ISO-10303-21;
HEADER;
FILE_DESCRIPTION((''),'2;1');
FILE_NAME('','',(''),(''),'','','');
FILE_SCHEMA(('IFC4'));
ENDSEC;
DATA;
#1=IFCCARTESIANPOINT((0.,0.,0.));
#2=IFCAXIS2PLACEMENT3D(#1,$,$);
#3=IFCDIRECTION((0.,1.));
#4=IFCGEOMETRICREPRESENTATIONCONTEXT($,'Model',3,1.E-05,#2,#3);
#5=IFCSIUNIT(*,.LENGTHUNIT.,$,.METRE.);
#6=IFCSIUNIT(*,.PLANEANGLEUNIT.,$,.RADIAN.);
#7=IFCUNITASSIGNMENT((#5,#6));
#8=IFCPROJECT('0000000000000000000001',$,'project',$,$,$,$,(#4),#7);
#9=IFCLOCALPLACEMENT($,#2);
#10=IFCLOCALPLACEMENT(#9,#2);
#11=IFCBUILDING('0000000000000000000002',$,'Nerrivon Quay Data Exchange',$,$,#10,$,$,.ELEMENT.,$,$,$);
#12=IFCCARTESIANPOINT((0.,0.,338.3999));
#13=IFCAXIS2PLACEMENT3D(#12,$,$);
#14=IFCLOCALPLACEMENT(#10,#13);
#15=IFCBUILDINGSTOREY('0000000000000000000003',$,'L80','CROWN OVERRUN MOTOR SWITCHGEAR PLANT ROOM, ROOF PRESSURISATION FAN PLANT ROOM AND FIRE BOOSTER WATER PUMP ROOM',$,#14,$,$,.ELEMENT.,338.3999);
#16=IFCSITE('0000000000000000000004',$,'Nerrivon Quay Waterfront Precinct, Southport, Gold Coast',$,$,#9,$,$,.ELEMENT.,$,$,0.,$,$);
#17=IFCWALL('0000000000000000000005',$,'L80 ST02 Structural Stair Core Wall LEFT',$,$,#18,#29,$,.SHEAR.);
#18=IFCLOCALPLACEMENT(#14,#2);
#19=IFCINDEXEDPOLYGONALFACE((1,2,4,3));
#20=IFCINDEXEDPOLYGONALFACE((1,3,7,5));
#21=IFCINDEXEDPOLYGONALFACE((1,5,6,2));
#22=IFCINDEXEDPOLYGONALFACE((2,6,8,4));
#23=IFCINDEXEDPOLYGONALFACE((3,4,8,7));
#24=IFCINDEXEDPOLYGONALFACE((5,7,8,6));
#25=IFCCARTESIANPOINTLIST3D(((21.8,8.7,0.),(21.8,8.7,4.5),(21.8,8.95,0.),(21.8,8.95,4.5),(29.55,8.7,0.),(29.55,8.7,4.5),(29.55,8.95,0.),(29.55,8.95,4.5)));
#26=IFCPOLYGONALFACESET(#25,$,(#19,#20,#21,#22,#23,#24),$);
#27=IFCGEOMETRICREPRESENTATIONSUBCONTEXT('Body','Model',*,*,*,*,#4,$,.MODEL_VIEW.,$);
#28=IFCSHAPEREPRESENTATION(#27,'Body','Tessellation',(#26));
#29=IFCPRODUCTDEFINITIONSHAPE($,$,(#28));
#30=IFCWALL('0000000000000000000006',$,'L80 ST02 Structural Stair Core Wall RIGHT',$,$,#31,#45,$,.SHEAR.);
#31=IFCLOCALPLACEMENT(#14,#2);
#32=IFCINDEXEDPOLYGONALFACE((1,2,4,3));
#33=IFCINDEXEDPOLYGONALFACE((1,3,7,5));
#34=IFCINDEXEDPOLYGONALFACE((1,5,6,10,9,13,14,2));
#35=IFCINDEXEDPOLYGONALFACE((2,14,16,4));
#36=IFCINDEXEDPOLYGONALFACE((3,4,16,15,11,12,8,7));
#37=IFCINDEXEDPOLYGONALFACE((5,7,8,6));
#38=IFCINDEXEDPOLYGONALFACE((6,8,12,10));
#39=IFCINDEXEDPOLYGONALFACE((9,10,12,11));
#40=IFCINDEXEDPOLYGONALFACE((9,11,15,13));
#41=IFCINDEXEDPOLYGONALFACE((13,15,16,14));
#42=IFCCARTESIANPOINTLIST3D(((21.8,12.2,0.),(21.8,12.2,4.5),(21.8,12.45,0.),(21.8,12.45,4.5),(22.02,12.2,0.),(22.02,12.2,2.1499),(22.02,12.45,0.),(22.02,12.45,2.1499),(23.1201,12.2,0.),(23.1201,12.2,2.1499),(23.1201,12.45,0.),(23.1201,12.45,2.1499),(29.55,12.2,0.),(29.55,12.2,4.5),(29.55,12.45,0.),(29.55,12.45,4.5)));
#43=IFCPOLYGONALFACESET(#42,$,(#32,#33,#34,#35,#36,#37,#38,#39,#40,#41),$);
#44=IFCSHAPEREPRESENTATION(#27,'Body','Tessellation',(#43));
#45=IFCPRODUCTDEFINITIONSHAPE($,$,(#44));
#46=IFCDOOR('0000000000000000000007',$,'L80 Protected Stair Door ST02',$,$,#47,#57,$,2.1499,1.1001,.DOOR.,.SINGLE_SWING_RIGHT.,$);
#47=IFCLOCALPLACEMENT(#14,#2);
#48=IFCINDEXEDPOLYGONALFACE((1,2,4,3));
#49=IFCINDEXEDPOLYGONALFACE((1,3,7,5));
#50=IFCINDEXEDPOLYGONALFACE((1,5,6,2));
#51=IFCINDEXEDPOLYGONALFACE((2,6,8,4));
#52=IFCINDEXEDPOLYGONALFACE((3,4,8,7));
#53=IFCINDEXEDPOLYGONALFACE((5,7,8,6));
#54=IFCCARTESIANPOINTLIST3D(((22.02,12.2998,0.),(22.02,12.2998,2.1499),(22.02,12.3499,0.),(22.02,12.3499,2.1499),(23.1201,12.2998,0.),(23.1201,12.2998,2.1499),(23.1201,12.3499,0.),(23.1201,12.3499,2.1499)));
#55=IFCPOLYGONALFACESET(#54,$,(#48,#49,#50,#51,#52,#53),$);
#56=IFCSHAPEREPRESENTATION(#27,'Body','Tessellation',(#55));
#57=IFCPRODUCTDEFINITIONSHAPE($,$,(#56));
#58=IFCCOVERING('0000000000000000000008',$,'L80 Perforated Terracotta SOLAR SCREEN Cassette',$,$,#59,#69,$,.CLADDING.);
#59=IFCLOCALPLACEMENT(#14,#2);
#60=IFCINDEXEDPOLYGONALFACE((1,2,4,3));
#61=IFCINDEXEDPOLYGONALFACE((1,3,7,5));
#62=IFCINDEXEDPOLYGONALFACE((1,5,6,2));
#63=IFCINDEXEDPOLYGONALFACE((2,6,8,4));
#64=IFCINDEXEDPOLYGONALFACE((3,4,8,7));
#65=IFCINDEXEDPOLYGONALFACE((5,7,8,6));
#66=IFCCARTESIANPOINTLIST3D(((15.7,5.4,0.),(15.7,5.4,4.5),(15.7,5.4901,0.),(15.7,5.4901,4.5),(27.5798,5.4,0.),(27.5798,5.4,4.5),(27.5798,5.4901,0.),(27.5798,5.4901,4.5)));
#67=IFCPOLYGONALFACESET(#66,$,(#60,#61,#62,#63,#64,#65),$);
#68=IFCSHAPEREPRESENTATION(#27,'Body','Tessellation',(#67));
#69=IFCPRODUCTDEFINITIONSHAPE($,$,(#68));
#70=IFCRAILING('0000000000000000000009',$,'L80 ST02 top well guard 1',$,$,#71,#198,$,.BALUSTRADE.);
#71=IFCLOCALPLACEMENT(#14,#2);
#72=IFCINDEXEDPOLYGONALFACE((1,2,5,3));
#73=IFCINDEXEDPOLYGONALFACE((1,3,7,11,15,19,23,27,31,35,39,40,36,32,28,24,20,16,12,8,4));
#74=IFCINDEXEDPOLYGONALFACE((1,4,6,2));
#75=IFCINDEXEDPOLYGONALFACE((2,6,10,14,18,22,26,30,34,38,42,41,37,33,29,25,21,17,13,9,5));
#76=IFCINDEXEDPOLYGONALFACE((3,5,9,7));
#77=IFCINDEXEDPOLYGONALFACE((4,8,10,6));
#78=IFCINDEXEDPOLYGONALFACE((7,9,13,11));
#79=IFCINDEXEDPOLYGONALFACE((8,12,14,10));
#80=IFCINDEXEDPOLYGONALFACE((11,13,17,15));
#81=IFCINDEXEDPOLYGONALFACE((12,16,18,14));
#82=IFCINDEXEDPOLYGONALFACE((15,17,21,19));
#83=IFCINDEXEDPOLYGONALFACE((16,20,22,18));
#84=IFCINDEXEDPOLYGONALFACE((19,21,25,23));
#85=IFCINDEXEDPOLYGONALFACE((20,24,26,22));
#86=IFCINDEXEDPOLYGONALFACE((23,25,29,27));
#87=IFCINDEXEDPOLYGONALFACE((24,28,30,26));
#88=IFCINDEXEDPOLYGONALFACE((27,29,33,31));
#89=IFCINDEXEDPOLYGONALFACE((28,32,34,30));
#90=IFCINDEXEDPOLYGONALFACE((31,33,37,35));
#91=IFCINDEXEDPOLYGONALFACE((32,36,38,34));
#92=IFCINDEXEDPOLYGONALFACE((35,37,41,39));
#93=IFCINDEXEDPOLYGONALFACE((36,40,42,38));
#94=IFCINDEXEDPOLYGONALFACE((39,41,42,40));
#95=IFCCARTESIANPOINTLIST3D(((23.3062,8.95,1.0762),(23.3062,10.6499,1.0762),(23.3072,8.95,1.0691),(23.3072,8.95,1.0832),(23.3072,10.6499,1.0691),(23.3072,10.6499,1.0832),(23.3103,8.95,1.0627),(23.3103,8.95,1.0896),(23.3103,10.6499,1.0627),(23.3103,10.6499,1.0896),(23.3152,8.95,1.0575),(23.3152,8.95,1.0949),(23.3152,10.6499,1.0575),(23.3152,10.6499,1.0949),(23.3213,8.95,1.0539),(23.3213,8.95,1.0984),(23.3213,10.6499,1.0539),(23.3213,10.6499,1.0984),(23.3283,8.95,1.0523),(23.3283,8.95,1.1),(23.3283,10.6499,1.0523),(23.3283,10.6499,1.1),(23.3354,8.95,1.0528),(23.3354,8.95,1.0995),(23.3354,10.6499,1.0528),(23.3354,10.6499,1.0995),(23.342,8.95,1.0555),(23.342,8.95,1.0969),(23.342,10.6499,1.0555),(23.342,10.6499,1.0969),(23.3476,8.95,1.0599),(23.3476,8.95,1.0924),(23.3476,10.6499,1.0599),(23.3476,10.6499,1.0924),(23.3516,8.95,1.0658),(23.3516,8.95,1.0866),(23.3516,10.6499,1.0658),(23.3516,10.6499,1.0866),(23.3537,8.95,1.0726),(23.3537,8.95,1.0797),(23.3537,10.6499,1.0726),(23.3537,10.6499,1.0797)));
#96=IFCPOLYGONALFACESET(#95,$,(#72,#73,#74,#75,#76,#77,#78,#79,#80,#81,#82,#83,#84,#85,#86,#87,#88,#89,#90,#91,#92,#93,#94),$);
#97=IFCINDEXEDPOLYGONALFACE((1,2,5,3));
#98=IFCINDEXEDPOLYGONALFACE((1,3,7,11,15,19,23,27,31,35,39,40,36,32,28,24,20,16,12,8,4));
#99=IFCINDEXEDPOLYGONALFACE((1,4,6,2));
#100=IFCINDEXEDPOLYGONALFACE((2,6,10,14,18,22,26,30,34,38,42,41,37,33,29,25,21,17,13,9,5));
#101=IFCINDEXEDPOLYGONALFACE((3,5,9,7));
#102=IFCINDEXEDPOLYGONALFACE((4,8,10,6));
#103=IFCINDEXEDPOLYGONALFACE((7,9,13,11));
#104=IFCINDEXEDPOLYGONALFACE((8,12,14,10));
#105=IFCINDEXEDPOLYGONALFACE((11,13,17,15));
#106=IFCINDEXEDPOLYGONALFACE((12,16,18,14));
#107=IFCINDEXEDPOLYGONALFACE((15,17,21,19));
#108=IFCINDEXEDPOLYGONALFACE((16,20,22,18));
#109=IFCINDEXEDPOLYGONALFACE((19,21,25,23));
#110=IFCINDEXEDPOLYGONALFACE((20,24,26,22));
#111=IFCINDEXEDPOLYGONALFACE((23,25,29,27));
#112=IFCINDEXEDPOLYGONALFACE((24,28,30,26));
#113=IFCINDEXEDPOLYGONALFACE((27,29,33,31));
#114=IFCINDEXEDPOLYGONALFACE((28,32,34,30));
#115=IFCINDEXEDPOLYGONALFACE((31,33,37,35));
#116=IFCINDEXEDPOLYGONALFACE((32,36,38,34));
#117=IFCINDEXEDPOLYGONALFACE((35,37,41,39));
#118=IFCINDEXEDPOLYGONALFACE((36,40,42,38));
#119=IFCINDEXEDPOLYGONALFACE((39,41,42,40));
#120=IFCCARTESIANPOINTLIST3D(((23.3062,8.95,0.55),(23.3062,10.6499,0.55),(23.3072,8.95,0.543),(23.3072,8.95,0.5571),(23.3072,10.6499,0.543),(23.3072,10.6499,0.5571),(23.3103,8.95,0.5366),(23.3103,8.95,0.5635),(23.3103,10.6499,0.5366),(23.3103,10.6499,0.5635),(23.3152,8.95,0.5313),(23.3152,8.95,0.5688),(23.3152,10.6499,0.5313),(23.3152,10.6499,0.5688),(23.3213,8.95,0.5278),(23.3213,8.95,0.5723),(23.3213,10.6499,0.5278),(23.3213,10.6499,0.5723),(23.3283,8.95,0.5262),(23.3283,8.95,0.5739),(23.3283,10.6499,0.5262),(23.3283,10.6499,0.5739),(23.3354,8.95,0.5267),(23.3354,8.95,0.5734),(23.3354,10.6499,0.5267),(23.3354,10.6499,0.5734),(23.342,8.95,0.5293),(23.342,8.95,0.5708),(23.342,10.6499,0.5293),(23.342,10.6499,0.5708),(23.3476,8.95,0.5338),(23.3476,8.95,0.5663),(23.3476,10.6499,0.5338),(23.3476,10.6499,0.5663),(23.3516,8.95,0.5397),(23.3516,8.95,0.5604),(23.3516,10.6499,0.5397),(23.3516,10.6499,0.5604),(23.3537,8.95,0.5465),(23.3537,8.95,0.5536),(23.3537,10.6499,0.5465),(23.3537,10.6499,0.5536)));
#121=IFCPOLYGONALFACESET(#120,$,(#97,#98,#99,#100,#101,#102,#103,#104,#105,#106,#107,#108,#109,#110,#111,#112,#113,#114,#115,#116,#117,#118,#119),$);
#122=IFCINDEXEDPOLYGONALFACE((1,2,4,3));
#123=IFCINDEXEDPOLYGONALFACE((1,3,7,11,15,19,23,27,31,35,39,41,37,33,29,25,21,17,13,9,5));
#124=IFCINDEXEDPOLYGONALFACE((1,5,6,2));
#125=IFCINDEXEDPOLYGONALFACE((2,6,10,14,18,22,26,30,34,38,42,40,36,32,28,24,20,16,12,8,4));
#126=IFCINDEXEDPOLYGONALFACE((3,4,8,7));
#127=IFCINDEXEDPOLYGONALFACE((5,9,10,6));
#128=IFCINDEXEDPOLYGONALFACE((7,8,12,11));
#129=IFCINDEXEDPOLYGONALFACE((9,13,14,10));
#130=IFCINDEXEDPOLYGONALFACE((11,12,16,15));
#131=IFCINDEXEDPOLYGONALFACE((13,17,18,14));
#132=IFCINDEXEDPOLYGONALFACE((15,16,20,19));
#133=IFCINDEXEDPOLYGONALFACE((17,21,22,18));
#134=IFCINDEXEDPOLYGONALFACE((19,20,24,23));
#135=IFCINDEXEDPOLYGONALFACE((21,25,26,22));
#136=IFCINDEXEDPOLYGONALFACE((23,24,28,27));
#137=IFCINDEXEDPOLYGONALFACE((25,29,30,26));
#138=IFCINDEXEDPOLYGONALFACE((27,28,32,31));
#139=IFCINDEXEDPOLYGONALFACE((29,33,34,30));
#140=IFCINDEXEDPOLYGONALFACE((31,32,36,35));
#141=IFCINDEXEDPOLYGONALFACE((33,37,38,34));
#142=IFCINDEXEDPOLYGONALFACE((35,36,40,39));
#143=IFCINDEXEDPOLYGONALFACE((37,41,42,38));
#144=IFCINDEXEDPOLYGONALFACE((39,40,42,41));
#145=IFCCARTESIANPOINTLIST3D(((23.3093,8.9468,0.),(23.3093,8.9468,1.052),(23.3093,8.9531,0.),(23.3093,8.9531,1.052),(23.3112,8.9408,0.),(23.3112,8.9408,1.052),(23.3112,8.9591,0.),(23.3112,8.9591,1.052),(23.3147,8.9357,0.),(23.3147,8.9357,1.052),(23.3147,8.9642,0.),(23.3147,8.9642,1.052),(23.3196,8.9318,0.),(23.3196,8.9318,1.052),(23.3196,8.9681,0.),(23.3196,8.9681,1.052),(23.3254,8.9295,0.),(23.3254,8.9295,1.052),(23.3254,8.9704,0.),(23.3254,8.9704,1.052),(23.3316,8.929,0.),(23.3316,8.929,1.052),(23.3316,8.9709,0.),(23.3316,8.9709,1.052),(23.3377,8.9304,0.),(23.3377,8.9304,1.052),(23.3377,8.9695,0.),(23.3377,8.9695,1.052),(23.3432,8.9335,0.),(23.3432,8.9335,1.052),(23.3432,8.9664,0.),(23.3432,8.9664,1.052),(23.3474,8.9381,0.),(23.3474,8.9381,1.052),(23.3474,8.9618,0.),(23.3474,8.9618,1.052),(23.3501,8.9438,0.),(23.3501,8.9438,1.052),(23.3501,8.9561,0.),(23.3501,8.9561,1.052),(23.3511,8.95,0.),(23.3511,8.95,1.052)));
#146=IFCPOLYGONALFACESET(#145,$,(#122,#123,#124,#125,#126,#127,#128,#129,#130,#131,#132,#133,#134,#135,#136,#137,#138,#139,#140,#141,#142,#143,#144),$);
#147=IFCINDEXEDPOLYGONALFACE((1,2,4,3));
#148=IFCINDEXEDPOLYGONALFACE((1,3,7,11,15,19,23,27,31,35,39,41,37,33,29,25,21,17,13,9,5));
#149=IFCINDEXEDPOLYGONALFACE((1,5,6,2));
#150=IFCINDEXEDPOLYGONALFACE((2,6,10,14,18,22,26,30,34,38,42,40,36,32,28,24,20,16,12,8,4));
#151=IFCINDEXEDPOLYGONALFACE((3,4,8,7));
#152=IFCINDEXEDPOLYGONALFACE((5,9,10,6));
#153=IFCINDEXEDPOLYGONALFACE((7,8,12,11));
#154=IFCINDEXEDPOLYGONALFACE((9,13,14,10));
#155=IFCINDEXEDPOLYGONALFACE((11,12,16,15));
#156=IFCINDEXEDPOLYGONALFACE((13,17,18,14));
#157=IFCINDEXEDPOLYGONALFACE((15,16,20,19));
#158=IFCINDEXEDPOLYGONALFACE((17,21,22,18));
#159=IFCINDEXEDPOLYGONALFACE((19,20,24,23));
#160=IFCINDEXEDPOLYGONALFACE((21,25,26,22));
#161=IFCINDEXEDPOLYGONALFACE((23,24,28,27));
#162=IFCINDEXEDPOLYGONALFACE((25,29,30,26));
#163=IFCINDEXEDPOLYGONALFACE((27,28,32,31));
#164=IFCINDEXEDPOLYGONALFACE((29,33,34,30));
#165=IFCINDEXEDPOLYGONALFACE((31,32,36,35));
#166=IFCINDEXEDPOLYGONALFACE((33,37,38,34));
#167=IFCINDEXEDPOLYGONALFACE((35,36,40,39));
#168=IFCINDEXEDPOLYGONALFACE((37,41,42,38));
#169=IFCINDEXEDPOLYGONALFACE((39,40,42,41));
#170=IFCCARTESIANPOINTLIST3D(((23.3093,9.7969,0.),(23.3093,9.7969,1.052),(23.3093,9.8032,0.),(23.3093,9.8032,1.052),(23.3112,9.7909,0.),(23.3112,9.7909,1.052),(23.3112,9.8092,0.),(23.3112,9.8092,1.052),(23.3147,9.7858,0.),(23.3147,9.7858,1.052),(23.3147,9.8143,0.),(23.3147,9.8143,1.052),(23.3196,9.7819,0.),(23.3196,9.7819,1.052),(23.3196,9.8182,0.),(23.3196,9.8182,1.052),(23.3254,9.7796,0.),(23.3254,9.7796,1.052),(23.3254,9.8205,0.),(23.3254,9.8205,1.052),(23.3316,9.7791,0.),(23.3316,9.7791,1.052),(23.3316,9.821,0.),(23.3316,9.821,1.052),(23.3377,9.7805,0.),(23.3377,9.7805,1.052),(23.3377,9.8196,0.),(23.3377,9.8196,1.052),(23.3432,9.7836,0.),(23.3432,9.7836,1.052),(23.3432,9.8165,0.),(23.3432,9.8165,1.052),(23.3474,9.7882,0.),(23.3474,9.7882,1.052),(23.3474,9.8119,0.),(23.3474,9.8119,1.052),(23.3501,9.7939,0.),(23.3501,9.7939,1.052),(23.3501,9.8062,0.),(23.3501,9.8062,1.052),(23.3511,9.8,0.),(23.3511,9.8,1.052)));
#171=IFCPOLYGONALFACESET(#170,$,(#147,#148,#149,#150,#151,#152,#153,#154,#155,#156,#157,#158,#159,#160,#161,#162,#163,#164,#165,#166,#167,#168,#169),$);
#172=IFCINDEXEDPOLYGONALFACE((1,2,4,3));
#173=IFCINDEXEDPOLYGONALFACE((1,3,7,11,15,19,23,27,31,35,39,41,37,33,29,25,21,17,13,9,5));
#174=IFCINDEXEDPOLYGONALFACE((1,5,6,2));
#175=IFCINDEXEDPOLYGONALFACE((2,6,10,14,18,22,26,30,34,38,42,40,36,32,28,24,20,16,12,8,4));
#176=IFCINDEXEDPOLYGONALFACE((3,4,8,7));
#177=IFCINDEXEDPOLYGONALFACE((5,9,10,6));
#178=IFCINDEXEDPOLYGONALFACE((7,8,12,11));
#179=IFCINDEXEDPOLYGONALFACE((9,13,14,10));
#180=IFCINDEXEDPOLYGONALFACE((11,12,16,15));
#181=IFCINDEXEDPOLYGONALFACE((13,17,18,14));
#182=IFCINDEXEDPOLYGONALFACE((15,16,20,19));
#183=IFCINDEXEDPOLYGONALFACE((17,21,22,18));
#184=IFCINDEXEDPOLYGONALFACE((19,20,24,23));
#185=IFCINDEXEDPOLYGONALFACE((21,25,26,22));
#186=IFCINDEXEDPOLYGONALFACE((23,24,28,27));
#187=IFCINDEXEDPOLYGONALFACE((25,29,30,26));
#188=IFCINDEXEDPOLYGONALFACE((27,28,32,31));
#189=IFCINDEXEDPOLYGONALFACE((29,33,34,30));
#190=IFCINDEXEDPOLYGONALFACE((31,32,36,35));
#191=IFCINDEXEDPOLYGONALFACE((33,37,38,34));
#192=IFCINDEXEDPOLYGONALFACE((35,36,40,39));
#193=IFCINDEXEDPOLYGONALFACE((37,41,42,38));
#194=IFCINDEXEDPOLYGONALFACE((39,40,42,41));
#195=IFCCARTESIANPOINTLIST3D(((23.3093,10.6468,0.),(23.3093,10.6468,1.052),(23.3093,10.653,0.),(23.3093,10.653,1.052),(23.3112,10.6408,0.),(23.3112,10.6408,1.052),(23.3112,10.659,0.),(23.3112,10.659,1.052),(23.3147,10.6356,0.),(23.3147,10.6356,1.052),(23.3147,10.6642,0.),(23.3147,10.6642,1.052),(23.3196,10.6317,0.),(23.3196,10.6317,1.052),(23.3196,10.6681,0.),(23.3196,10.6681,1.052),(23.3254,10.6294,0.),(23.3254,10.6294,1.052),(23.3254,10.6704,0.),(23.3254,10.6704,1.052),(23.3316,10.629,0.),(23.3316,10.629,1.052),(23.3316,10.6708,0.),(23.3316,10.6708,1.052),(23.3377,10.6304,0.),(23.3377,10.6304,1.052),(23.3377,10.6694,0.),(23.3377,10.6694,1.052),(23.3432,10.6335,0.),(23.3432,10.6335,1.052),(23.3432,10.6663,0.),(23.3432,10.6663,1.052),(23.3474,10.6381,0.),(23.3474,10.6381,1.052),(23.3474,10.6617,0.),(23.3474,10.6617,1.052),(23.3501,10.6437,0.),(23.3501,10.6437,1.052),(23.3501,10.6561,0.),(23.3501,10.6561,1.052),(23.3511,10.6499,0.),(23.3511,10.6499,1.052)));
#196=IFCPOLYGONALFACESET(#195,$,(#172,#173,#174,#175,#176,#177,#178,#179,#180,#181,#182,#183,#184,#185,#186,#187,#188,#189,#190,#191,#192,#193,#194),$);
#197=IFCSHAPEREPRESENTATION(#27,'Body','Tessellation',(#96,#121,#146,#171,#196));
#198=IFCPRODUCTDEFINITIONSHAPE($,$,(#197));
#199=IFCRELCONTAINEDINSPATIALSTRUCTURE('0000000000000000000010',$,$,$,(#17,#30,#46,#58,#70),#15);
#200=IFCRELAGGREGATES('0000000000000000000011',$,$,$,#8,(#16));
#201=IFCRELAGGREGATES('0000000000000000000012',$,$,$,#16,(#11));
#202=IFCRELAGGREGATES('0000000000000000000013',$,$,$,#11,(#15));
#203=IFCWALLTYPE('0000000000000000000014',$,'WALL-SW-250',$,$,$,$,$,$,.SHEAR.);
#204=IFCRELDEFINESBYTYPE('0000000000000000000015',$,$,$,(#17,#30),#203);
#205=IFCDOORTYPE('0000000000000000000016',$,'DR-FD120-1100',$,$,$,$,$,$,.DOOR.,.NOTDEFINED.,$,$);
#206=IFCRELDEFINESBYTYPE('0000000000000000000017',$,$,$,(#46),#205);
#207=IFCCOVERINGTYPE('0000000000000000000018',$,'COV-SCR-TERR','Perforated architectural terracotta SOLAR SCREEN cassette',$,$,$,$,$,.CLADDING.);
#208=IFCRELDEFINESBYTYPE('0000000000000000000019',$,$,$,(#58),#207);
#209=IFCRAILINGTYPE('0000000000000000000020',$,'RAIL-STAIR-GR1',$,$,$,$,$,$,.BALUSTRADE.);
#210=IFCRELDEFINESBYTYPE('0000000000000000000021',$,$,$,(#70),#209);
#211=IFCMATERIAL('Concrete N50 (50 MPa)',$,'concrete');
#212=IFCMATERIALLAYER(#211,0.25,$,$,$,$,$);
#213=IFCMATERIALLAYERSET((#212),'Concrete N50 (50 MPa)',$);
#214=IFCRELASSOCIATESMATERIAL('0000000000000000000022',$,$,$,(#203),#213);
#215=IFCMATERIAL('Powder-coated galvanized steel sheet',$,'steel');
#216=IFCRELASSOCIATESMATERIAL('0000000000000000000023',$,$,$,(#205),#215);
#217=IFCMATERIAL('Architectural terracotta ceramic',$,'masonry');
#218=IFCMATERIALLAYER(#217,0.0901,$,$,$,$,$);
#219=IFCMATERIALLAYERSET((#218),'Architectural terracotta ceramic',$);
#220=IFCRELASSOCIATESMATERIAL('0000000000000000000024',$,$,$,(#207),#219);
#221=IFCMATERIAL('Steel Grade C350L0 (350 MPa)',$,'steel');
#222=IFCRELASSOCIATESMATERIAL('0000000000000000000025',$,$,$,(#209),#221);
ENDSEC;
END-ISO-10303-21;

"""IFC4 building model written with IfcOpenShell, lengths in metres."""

from ifc_helpers import new_model, si_unit, direction, frame, frame_2d, origin, origin_2d, place, context, subcontext, project, spatial, rectangle, circle, extrude, material, layer, layer_set, type_object, element, fill, save


model = new_model("IFC4")

# Units and contexts
model_context = context("Model", 3, precision=1e-05, world=origin(), true_north=direction((0.0, 1.0)))
body_context = subcontext(model_context, "Body", "Model", "MODEL_VIEW")
ifc_project = project(units=[si_unit("LENGTHUNIT", "METRE"), si_unit("PLANEANGLEUNIT", "RADIAN")], contexts=[model_context])

# Site, building, storey
site_placement = place(None, origin())
site = spatial("IfcSite", under=ifc_project, at=site_placement, Name="Nerrivon Quay Waterfront Precinct, Southport, Gold Coast", CompositionType="ELEMENT", RefElevation=0.0)
building_placement = place(site_placement, origin())
building = spatial("IfcBuilding", under=site, at=building_placement, Name="Nerrivon Quay Data Exchange", CompositionType="ELEMENT")
storey_placement = place(building_placement, frame((0.0, 0.0, 338.3999)))
storey = spatial("IfcBuildingStorey", under=building, at=storey_placement, Name="L80", Description="CROWN OVERRUN MOTOR SWITCHGEAR PLANT ROOM, ROOF PRESSURISATION FAN PLANT ROOM AND FIRE BOOSTER WATER PUMP ROOM", CompositionType="ELEMENT", Elevation=338.3999)

# Shared definitions
ifc_material_1 = material(Name="Powder-coated galvanized steel sheet", Category="steel")

# Wall
ifc_material_2 = material(Name="Concrete N50 (50 MPa)", Category="concrete")
ifc_layer_1 = layer(ifc_material_2, 0.25)
ifc_layer_set_1 = layer_set([ifc_layer_1], Name="Concrete N50 (50 MPa)")
wall_type_1 = type_object("IfcWallType", Name="WALL-SW-250", PredefinedType="SHEAR", material=ifc_layer_set_1)
wall_1_placement = place(storey_placement, frame((21.8, 8.825, 0.0), z_axis=(0.0, 0.0, 1.0), x_axis=(1.0, 0.0, 0.0)))
element("IfcWall", 1, at=wall_1_placement, inside=storey, type_object=wall_type_1, Name="L80 ST02 Structural Stair Core Wall LEFT", PredefinedType="SHEAR", context=body_context, shape_type="SweptSolid", body=[
    extrude(rectangle(XDim=7.75, YDim=0.25, at=frame_2d((3.875, 0.0))), origin(), (0.0, 0.0, 1.0), 4.5),
])

# Wall, opening, door
wall_2_placement = place(storey_placement, frame((21.8, 12.325, 0.0), z_axis=(0.0, 0.0, 1.0), x_axis=(1.0, 0.0, 0.0)))
wall_2 = element("IfcWall", 2, at=wall_2_placement, inside=storey, type_object=wall_type_1, Name="L80 ST02 Structural Stair Core Wall RIGHT", PredefinedType="SHEAR", context=body_context, shape_type="SweptSolid", body=[
    extrude(rectangle(XDim=7.75, YDim=0.25, at=frame_2d((3.875, 0.0))), origin(), (0.0, 0.0, 1.0), 4.5),
])
opening_1_placement = place(wall_2_placement, frame((0.22, 0.0, 0.0)))
opening_1 = element("IfcOpeningElement", 3, at=opening_1_placement, cuts=wall_2, PredefinedType="OPENING", context=body_context, shape_type="SweptSolid", body=[
    extrude(rectangle(XDim=1.1001, YDim=2.1499, at=frame_2d((0.55, 1.075))), frame((0.0, 0.135, 0.0), z_axis=(0.0, -1.0, 0.0), x_axis=(1.0, 0.0, 0.0)), (0.0, 0.0, 1.0), 0.27),
])
door_type_1 = type_object("IfcDoorType", Name="DR-FD120-1100", OperationType="NOTDEFINED", PredefinedType="DOOR", material=ifc_material_1)
door_1_placement = place(opening_1_placement, origin())
door_1 = element("IfcDoor", 4, at=door_1_placement, inside=storey, type_object=door_type_1, Name="L80 Protected Stair Door ST02", OperationType="SINGLE_SWING_RIGHT", OverallHeight=2.1499, OverallWidth=1.1001, PredefinedType="DOOR", context=body_context, shape_type="SweptSolid", body=[
    extrude(rectangle(XDim=1.1001, YDim=2.1499, at=frame_2d((0.55, 1.075))), frame((0.0, 0.0249, 0.0), z_axis=(0.0, -1.0, 0.0), x_axis=(1.0, 0.0, 0.0)), (0.0, 0.0, 1.0), 0.05),
])
fill(opening_1, door_1)

# Covering
ifc_material_3 = material(Name="Architectural terracotta ceramic", Category="masonry")
ifc_layer_2 = layer(ifc_material_3, 0.0901)
ifc_layer_set_2 = layer_set([ifc_layer_2], Name="Architectural terracotta ceramic")
covering_type = type_object("IfcCoveringType", Name="COV-SCR-TERR", Description="Perforated architectural terracotta SOLAR SCREEN cassette", PredefinedType="CLADDING", material=ifc_layer_set_2)
covering_placement = place(storey_placement, frame((21.6399, 5.4451, 0.0), z_axis=(0.0, 0.0, 1.0), x_axis=(-1.0, 0.0, 0.0)))
element("IfcCovering", 5, at=covering_placement, inside=storey, type_object=covering_type, Name="L80 Perforated Terracotta SOLAR SCREEN Cassette", PredefinedType="CLADDING", context=body_context, shape_type="SweptSolid", body=[
    extrude(rectangle(XDim=11.8799, YDim=0.0901, at=origin_2d()), origin(), (0.0, 0.0, 1.0), 4.5),
])

# Railing
ifc_material_4 = material(Name="Steel Grade C350L0 (350 MPa)", Category="steel")
railing_type = type_object("IfcRailingType", Name="RAIL-STAIR-GR1", PredefinedType="BALUSTRADE", material=ifc_material_4)
railing_placement = place(storey_placement, frame((23.3301, 8.95, 0.0)))
element("IfcRailing", 6, at=railing_placement, inside=storey, type_object=railing_type, Name="L80 ST02 top well guard 1", PredefinedType="BALUSTRADE", context=body_context, shape_type="SweptSolid", body=[
    extrude(circle(Radius=0.0239, at=origin_2d()), frame((0.0, 0.0, 1.0762), z_axis=(0.0, 1.0, 0.0), x_axis=(-1.0, 0.0, 0.0)), (0.0, 0.0, 1.0), 1.7),
    extrude(circle(Radius=0.0239, at=origin_2d()), frame((0.0, 0.0, 0.55), z_axis=(0.0, 1.0, 0.0), x_axis=(-1.0, 0.0, 0.0)), (0.0, 0.0, 1.0), 1.7),
    extrude(circle(Radius=0.021, at=origin_2d()), origin(), (0.0, 0.0, 1.0), 1.052),
    extrude(circle(Radius=0.021, at=origin_2d()), frame((0.0, 0.8501, 0.0)), (0.0, 0.0, 1.0), 1.052),
    extrude(circle(Radius=0.021, at=origin_2d()), frame((0.0, 1.7, 0.0)), (0.0, 0.0, 1.0), 1.052),
])

save(model, "model.ifc")
